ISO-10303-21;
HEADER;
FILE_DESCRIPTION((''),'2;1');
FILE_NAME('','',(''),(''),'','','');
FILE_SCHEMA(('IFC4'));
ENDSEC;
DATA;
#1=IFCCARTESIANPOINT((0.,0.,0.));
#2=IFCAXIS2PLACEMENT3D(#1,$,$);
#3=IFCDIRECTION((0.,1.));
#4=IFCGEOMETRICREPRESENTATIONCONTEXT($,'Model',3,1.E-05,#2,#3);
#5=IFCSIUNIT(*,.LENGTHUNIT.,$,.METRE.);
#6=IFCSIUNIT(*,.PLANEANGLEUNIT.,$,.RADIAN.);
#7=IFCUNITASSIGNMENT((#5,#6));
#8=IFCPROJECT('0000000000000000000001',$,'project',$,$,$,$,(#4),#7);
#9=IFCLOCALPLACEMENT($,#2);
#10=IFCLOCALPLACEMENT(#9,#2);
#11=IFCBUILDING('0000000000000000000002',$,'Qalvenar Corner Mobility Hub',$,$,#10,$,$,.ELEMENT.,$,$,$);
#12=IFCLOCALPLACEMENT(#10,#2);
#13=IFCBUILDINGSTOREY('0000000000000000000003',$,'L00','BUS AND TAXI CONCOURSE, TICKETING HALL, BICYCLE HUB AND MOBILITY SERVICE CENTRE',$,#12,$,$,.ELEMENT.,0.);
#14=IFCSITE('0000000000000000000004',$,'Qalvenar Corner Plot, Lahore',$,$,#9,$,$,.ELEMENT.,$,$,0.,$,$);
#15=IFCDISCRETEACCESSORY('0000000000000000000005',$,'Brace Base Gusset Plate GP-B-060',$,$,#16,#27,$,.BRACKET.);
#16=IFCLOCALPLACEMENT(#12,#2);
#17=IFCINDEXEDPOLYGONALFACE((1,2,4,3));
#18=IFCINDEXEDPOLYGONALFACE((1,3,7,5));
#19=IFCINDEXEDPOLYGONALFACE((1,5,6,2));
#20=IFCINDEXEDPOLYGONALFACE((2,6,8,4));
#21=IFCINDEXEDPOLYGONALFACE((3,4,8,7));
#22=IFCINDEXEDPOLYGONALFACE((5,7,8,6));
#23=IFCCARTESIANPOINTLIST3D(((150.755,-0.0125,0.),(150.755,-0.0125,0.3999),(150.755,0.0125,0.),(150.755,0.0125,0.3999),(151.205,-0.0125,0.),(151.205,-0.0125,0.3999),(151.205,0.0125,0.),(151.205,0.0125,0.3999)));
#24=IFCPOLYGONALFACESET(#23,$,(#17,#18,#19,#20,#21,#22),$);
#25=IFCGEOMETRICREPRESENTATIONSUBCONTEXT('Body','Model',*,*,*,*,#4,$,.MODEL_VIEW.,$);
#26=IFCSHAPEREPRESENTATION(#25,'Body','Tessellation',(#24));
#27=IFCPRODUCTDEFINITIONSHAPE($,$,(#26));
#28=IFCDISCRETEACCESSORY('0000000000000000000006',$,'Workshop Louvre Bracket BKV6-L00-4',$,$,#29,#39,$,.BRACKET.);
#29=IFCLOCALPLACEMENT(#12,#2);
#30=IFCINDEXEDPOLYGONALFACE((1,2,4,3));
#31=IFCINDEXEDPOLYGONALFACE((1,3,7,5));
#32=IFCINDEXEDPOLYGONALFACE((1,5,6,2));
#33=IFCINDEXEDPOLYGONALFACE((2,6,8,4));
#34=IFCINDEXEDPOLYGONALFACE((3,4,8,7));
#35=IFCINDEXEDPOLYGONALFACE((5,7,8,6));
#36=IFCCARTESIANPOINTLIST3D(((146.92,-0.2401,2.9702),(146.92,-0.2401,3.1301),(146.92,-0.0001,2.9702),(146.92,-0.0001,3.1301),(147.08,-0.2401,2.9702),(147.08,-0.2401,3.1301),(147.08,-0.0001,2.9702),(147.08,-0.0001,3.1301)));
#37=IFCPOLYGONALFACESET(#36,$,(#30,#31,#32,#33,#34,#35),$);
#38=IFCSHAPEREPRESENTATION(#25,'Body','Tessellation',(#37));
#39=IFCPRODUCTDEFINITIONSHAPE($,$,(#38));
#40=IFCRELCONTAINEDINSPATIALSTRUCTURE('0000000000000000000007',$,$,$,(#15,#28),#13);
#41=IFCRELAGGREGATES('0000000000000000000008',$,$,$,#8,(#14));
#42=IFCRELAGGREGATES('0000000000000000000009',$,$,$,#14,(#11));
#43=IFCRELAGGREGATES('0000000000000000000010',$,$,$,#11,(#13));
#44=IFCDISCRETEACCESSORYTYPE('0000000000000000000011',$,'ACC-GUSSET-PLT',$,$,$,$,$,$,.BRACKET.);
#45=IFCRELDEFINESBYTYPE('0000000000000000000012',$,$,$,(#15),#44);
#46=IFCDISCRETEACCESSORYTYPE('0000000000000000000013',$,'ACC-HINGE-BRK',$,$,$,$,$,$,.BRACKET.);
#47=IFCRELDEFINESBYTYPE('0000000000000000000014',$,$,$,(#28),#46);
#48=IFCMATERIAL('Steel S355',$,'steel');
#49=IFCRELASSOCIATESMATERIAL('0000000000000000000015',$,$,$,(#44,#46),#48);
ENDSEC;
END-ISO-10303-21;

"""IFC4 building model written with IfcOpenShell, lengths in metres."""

from ifc_helpers import new_model, si_unit, direction, frame, origin, origin_2d, place, context, subcontext, project, spatial, rectangle, extrude, material, type_object, element, save


model = new_model("IFC4")

# Units and contexts
model_context = context("Model", 3, precision=1e-05, world=origin(), true_north=direction((0.0, 1.0)))
body_context = subcontext(model_context, "Body", "Model", "MODEL_VIEW")
ifc_project = project(units=[si_unit("LENGTHUNIT", "METRE"), si_unit("PLANEANGLEUNIT", "RADIAN")], contexts=[model_context])

# Site, building, storey
site_placement = place(None, origin())
site = spatial("IfcSite", under=ifc_project, at=site_placement, Name="Qalvenar Corner Plot, Lahore", CompositionType="ELEMENT", RefElevation=0.0)
building_placement = place(site_placement, origin())
building = spatial("IfcBuilding", under=site, at=building_placement, Name="Qalvenar Corner Mobility Hub", CompositionType="ELEMENT")
storey_placement = place(building_placement, origin())
storey = spatial("IfcBuildingStorey", under=building, at=storey_placement, Name="L00", Description="BUS AND TAXI CONCOURSE, TICKETING HALL, BICYCLE HUB AND MOBILITY SERVICE CENTRE", CompositionType="ELEMENT", Elevation=0.0)

# Shared definitions
ifc_material_1 = material(Name="Steel S355", Category="steel")

# Discrete accessories
discrete_accessory_type_1 = type_object("IfcDiscreteAccessoryType", Name="ACC-GUSSET-PLT", PredefinedType="BRACKET", material=ifc_material_1)
for number, where, z_axis, x_axis, name in (
    (1, (150.98, 0.0, 0.0), (0.0, 0.0, 1.0), (1.0, 0.0, 0.0), "Brace Base Gusset Plate GP-B-060"),
):
    element("IfcDiscreteAccessory", number, at=place(storey_placement, frame(where, z_axis=z_axis, x_axis=x_axis)), inside=storey, type_object=discrete_accessory_type_1, Name=name, PredefinedType="BRACKET", context=body_context, shape_type="SweptSolid", body=[
        extrude(rectangle(XDim=0.45, YDim=0.0249, at=origin_2d()), origin(), (0.0, 0.0, 1.0), 0.3999),
    ])
discrete_accessory_type_2 = type_object("IfcDiscreteAccessoryType", Name="ACC-HINGE-BRK", PredefinedType="BRACKET", material=ifc_material_1)
discrete_accessory_1_placement = place(storey_placement, frame((147.0, -0.1201, 2.9702), z_axis=(0.0, 0.0, 1.0), x_axis=(1.0, 0.0, 0.0)))
element("IfcDiscreteAccessory", 2, at=discrete_accessory_1_placement, inside=storey, type_object=discrete_accessory_type_2, Name="Workshop Louvre Bracket BKV6-L00-4", PredefinedType="BRACKET", context=body_context, shape_type="SweptSolid", body=[
    extrude(rectangle(XDim=0.1599, YDim=0.24, at=origin_2d()), origin(), (0.0, 0.0, 1.0), 0.1599),
])

save(model, "model.ifc")
